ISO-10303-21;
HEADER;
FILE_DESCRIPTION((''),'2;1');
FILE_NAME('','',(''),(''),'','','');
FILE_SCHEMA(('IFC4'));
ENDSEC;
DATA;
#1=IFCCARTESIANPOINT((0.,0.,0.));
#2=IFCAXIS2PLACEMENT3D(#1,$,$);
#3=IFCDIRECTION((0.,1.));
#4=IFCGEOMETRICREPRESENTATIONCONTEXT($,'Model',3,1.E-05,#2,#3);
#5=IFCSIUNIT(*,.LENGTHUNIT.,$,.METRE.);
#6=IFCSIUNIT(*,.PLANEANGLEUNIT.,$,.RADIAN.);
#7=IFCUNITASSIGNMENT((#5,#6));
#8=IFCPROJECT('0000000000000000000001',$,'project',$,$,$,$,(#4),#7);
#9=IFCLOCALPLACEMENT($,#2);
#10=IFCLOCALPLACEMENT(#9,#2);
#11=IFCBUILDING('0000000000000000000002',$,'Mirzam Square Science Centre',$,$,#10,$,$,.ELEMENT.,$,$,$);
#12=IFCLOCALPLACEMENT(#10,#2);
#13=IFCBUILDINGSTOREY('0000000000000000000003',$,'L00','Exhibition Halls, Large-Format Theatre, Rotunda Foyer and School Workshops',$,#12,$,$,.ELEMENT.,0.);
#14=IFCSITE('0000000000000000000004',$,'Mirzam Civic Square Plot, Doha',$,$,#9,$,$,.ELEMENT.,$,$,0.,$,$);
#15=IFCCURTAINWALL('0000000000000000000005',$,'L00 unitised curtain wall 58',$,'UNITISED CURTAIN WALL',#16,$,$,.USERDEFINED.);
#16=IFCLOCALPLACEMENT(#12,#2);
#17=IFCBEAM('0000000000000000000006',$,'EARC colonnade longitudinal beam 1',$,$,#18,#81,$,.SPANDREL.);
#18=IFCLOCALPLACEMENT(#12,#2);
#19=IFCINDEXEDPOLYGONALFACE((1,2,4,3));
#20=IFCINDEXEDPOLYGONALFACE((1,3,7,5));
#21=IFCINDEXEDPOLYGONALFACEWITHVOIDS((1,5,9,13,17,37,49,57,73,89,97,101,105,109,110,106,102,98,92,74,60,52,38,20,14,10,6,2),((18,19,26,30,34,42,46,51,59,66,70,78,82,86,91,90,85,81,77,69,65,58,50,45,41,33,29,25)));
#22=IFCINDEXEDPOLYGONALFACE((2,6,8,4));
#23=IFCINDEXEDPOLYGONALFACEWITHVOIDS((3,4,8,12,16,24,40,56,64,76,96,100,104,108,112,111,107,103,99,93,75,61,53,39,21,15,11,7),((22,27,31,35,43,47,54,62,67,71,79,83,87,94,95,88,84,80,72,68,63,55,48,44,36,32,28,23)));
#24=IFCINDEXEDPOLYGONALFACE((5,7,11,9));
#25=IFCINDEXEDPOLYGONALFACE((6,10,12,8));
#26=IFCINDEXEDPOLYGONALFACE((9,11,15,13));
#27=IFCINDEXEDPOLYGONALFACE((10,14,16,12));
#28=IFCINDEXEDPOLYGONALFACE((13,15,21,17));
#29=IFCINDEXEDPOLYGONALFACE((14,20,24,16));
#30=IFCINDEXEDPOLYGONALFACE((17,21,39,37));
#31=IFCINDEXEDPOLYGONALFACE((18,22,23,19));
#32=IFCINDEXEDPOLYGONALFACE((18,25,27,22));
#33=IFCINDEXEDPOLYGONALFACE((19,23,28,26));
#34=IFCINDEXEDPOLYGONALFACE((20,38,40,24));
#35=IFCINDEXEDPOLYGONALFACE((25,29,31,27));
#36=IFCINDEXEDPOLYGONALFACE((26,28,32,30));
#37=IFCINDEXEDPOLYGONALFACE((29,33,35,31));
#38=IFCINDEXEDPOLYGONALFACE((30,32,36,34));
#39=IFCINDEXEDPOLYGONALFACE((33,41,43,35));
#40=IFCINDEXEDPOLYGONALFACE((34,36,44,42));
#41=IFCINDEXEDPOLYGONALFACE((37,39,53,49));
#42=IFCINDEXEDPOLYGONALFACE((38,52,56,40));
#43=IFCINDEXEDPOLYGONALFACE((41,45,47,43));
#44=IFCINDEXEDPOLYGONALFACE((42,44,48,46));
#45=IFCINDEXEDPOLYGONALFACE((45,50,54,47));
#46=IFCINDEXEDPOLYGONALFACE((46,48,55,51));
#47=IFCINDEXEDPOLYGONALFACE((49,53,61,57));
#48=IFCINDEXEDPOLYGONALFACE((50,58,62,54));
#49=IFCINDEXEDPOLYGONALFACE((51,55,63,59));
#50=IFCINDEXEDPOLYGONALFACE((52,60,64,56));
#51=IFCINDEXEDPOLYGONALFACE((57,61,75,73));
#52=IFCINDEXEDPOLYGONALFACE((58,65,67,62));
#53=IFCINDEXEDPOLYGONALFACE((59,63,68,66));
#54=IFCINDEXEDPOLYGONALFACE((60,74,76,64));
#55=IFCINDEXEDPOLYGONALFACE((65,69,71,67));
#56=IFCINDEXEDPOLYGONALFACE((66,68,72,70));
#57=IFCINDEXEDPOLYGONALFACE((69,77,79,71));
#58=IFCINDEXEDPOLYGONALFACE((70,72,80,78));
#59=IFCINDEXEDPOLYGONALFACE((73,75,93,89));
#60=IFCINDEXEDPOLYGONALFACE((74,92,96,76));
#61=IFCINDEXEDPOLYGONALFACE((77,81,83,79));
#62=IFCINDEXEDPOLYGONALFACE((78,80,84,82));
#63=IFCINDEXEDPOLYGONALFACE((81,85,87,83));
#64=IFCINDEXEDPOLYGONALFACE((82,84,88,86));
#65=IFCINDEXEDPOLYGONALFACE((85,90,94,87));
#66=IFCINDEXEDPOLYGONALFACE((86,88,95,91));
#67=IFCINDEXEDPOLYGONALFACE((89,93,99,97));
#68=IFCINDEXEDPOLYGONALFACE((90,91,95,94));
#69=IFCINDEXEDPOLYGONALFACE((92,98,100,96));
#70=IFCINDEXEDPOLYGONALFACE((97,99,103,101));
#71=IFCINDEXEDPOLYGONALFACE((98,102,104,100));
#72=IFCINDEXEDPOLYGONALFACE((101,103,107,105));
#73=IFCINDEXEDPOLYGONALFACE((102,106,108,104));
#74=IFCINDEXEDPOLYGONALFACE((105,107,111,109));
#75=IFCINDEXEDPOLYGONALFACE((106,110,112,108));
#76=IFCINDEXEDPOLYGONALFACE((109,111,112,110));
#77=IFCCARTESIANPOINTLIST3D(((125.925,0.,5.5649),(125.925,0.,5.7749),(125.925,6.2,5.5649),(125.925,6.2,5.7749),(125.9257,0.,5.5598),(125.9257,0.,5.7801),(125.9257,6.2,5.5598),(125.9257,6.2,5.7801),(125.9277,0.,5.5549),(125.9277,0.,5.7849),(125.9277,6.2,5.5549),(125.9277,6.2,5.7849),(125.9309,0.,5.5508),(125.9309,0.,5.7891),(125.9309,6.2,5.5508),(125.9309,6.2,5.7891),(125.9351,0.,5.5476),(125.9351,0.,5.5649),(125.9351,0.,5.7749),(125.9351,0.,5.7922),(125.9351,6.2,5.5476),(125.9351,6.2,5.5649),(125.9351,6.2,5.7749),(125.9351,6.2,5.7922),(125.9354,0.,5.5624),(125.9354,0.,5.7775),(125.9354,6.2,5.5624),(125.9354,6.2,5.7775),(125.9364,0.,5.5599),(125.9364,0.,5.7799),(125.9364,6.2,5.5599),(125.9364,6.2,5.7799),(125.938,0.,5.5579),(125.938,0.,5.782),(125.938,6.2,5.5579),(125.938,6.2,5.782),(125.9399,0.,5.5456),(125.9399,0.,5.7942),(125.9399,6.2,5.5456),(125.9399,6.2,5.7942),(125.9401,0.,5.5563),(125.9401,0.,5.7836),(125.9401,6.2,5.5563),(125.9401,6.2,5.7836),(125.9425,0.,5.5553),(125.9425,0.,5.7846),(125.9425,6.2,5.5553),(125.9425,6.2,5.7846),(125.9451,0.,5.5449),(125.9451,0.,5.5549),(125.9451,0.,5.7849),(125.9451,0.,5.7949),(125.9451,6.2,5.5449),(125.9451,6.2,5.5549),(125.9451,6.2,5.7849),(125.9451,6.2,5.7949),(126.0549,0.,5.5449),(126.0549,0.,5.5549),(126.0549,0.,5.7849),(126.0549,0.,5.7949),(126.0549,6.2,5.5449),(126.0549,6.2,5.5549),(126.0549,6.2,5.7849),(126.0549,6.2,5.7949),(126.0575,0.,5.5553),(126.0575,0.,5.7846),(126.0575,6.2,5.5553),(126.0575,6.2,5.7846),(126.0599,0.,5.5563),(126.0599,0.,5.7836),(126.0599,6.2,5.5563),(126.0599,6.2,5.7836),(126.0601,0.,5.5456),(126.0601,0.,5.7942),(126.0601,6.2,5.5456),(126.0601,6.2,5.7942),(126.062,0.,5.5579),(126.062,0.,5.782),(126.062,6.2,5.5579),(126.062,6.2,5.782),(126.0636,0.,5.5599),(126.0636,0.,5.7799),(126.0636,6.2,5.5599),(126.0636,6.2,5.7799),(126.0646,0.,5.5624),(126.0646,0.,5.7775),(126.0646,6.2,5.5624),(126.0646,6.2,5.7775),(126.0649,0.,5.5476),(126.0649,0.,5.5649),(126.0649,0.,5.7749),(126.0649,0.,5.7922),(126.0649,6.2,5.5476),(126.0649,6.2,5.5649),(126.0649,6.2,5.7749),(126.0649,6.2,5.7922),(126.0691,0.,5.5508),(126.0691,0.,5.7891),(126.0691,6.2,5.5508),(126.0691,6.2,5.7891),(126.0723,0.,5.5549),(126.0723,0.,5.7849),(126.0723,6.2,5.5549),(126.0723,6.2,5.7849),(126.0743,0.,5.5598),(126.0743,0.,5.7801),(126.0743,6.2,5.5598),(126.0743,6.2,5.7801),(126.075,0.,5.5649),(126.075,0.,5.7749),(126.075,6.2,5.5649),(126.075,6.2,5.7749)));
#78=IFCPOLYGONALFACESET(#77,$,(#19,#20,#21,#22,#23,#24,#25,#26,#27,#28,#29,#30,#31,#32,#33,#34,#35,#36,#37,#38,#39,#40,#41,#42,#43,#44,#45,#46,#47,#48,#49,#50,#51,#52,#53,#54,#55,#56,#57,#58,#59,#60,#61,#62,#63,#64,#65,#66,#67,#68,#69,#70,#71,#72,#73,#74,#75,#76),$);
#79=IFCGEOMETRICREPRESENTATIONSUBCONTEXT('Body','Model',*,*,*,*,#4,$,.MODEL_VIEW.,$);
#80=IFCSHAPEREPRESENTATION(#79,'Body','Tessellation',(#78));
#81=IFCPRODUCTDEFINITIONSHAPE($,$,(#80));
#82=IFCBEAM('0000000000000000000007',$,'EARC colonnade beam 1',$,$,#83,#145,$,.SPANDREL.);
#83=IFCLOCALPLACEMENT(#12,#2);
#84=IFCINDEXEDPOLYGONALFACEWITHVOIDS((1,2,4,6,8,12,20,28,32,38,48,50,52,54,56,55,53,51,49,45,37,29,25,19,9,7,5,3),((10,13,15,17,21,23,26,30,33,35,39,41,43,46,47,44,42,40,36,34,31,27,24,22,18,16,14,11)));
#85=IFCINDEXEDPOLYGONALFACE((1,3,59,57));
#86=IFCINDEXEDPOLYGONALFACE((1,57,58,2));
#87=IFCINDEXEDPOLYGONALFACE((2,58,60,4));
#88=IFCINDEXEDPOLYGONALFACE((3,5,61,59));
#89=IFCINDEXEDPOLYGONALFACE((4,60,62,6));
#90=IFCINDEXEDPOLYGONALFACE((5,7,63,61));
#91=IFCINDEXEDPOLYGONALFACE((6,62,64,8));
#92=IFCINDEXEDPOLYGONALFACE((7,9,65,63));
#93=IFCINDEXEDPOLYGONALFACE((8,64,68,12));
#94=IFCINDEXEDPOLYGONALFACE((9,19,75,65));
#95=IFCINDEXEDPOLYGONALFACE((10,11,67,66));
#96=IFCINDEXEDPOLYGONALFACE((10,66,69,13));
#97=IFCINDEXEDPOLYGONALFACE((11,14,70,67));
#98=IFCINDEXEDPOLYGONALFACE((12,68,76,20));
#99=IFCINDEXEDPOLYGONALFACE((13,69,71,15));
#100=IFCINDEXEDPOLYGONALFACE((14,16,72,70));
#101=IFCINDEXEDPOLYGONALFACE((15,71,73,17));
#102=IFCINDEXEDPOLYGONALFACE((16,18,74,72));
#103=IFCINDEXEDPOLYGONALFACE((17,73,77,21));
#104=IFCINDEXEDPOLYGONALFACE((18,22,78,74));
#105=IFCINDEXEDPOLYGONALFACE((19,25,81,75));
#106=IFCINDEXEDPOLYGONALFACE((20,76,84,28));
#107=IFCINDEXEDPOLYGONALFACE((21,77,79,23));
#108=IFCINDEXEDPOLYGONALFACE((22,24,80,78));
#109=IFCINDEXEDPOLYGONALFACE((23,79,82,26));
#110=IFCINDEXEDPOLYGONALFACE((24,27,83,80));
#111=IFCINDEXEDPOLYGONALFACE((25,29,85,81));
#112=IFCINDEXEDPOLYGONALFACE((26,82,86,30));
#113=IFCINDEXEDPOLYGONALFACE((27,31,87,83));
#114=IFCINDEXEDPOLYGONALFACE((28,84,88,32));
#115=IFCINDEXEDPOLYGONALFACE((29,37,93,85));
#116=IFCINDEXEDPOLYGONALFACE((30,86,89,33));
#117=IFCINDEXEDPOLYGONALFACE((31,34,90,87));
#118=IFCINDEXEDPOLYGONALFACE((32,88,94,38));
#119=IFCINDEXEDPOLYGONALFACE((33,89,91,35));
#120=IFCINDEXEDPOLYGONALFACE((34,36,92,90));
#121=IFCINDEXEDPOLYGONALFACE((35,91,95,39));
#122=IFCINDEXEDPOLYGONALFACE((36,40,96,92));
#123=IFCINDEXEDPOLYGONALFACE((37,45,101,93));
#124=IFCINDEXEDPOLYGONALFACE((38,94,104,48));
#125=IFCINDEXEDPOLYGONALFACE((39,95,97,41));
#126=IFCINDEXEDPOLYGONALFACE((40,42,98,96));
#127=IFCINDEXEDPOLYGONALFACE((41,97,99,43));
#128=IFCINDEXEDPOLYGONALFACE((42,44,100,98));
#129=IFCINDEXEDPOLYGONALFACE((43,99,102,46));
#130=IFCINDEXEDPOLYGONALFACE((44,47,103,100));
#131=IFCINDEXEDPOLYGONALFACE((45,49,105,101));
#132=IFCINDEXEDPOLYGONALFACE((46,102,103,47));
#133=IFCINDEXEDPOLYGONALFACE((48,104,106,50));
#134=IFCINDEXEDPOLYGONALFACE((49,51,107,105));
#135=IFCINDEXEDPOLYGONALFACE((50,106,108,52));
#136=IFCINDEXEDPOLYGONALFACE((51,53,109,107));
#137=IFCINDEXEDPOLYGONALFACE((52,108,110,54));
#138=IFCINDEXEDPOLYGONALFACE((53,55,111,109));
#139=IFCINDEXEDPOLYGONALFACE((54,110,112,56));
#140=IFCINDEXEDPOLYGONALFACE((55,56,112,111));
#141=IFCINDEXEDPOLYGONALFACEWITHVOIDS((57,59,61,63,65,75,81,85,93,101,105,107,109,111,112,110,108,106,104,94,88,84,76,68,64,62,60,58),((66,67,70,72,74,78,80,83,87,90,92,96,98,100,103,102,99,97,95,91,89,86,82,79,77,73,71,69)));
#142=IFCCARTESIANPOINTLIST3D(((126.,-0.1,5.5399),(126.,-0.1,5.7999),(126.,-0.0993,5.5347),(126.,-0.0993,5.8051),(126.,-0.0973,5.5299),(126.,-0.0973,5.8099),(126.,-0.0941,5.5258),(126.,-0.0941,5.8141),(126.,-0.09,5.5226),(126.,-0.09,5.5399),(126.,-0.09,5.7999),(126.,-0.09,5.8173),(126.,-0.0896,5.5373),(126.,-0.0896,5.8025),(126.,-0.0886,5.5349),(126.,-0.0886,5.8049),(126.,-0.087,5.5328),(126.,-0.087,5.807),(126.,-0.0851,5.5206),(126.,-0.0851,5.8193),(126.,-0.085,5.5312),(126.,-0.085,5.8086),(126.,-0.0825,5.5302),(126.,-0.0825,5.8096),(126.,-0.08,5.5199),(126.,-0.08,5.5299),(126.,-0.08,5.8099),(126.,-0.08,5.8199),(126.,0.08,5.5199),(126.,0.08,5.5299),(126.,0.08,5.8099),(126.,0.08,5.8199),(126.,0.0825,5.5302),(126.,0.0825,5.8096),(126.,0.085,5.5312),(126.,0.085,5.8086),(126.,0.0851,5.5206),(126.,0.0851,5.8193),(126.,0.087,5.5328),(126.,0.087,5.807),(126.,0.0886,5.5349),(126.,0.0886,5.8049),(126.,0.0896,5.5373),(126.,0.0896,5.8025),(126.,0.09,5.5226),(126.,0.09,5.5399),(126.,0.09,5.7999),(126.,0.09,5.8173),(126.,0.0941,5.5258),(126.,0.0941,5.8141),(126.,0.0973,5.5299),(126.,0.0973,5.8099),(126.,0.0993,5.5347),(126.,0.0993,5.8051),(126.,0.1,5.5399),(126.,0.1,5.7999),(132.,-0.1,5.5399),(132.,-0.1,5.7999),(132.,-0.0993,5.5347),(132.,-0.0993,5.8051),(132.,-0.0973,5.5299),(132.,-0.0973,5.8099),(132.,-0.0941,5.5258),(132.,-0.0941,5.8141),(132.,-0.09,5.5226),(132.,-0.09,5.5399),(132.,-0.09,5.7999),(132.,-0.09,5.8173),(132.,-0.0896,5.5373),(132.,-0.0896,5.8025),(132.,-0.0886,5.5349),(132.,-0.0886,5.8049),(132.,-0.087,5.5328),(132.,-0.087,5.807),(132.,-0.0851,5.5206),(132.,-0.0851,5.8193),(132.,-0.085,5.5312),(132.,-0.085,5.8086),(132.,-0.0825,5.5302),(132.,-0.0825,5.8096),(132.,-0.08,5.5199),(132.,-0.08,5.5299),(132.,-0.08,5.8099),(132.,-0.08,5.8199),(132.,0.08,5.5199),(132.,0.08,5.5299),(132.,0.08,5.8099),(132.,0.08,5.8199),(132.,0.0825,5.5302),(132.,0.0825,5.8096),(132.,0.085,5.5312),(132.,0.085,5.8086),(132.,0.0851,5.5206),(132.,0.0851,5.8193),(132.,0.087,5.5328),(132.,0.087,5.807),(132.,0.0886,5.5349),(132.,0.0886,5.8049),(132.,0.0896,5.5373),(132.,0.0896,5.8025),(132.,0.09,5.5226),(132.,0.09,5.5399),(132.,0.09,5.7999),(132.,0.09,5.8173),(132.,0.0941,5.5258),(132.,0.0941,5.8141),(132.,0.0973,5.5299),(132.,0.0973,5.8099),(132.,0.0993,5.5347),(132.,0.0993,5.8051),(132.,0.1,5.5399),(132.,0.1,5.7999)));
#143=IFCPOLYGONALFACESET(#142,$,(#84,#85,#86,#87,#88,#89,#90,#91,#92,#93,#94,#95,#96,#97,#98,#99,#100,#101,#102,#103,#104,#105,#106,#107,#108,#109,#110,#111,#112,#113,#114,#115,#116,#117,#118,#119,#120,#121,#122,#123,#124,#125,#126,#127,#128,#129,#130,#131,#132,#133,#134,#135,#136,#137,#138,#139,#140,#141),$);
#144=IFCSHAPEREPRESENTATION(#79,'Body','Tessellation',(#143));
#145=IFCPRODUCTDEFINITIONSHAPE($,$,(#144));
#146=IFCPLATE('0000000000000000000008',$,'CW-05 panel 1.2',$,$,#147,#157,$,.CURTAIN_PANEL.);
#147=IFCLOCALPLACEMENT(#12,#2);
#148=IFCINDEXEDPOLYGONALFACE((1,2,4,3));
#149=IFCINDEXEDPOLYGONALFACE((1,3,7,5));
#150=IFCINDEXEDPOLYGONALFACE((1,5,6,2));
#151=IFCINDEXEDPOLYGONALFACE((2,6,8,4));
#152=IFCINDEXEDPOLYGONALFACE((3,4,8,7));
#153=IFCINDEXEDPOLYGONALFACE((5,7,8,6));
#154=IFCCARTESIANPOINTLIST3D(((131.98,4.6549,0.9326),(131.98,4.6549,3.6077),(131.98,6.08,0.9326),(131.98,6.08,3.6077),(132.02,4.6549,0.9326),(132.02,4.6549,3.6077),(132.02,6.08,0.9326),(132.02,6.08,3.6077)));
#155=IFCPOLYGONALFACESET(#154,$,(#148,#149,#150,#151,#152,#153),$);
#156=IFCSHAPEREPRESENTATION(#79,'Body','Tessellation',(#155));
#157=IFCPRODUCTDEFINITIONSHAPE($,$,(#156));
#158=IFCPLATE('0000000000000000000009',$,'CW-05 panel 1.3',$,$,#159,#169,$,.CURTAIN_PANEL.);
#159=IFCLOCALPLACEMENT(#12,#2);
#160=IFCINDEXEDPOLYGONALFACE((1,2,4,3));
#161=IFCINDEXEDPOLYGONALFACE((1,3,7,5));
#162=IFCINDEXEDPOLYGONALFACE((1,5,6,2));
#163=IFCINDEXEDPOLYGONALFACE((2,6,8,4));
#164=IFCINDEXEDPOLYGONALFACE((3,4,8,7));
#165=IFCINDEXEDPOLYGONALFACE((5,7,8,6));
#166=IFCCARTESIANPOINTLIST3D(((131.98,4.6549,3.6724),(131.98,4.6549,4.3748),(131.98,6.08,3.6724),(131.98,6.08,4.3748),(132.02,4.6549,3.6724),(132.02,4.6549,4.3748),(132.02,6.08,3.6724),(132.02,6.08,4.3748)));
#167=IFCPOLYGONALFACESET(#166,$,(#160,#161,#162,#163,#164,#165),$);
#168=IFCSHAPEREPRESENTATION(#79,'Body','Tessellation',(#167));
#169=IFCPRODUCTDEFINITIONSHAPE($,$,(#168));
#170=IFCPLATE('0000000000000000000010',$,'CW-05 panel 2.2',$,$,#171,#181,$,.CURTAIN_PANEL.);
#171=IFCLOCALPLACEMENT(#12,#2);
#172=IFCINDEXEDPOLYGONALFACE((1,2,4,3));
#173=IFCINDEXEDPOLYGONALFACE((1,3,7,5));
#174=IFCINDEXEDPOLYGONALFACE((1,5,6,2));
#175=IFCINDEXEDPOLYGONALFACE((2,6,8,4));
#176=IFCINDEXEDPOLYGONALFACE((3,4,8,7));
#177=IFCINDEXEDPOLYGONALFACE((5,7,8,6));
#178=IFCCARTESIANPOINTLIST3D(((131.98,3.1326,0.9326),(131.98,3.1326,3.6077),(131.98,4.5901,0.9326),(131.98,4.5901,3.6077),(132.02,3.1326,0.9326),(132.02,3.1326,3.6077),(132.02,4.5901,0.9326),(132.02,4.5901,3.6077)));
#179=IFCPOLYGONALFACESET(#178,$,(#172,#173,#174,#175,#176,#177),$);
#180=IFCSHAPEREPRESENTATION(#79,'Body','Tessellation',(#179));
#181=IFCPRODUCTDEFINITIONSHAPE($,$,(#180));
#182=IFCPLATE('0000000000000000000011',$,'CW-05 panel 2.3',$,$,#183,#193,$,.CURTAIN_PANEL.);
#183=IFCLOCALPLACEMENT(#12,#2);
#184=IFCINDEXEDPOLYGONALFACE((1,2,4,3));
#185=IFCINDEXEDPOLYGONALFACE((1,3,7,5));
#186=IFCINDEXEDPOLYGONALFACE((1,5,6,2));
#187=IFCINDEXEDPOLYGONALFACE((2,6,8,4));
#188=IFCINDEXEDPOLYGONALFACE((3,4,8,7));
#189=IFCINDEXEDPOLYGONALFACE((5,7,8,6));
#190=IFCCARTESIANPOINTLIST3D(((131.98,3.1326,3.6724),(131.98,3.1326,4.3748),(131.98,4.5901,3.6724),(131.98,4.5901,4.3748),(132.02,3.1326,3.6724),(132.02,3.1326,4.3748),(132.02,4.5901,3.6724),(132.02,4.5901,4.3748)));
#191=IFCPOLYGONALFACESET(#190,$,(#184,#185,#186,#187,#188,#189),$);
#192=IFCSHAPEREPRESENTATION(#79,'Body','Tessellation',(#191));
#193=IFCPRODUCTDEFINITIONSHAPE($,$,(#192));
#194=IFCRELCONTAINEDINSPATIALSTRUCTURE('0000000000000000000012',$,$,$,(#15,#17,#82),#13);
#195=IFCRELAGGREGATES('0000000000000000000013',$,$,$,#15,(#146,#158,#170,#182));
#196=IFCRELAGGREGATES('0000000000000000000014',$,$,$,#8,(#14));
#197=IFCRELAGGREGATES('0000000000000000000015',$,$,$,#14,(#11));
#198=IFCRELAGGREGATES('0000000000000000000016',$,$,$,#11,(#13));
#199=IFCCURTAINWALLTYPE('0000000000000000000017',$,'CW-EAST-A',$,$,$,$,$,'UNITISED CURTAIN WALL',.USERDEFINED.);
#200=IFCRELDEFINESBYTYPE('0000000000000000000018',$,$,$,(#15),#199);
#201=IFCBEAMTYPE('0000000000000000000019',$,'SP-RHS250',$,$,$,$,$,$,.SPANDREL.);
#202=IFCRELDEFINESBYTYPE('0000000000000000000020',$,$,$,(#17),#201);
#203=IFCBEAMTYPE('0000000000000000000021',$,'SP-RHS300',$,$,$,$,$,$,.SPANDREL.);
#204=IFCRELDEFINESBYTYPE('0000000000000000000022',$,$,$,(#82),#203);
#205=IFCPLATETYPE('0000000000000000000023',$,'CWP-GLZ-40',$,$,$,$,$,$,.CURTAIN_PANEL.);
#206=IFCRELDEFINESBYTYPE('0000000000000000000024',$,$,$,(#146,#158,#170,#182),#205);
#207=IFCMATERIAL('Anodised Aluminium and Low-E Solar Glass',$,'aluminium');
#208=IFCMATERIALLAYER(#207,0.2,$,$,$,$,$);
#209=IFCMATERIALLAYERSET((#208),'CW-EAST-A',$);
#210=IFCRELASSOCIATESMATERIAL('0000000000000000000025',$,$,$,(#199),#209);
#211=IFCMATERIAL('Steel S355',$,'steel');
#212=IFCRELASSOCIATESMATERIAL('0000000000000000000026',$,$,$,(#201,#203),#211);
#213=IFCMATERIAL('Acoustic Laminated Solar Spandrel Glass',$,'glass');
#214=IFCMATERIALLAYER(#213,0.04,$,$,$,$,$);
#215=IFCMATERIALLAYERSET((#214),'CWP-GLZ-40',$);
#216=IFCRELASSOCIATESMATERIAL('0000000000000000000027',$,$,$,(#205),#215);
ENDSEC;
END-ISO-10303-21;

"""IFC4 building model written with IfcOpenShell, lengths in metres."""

from ifc_helpers import new_model, si_unit, direction, frame, origin, origin_2d, place, context, subcontext, project, spatial, rectangle, hollow_rectangle, extrude, material, layer, layer_set, material_profile, profile_set, type_object, element, aggregate, save


model = new_model("IFC4")

# Units and contexts
model_context = context("Model", 3, precision=1e-05, world=origin(), true_north=direction((0.0, 1.0)))
body_context = subcontext(model_context, "Body", "Model", "MODEL_VIEW")
ifc_project = project(units=[si_unit("LENGTHUNIT", "METRE"), si_unit("PLANEANGLEUNIT", "RADIAN")], contexts=[model_context])

# Site, building, storey
site_placement = place(None, origin())
site = spatial("IfcSite", under=ifc_project, at=site_placement, Name="Mirzam Civic Square Plot, Doha", CompositionType="ELEMENT", RefElevation=0.0)
building_placement = place(site_placement, origin())
building = spatial("IfcBuilding", under=site, at=building_placement, Name="Mirzam Square Science Centre", CompositionType="ELEMENT")
storey_placement = place(building_placement, origin())
storey = spatial("IfcBuildingStorey", under=building, at=storey_placement, Name="L00", Description="Exhibition Halls, Large-Format Theatre, Rotunda Foyer and School Workshops", CompositionType="ELEMENT", Elevation=0.0)

# Curtain wall
ifc_material_1 = material(Name="Anodised Aluminium and Low-E Solar Glass", Category="aluminium")
ifc_layer_1 = layer(ifc_material_1, 0.2)
ifc_layer_set_1 = layer_set([ifc_layer_1], Name="CW-EAST-A")
curtain_wall_type = type_object("IfcCurtainWallType", Name="CW-EAST-A", ElementType="UNITISED CURTAIN WALL", PredefinedType="USERDEFINED", material=ifc_layer_set_1)
curtain_wall_placement = place(storey_placement, origin())
curtain_wall = element("IfcCurtainWall", 1, at=curtain_wall_placement, inside=storey, type_object=curtain_wall_type, Name="L00 unitised curtain wall 58", ObjectType="UNITISED CURTAIN WALL", PredefinedType="USERDEFINED")

# Beams
ifc_material_2 = material(Name="Steel S355", Category="steel")
ifc_material_profile_1 = material_profile(ifc_material_2, hollow_rectangle(XDim=0.1499, YDim=0.25, WallThickness=0.01, InnerFilletRadius=0.01, OuterFilletRadius=0.02, at=origin_2d()), Name="250x150x10.0RHS")
ifc_profile_set_1 = profile_set([ifc_material_profile_1], Name="Steel S355")
beam_type_1 = type_object("IfcBeamType", Name="SP-RHS250", PredefinedType="SPANDREL", material=ifc_profile_set_1)
beam_1_placement = place(storey_placement, frame((126.0, 0.0, 5.6699), z_axis=(0.0, 1.0, 0.0), x_axis=(-1.0, 0.0, 0.0)))
element("IfcBeam", 2, at=beam_1_placement, inside=storey, type_object=beam_type_1, Name="EARC colonnade longitudinal beam 1", PredefinedType="SPANDREL", context=body_context, shape_type="SweptSolid", body=[
    extrude(hollow_rectangle(XDim=0.1499, YDim=0.25, WallThickness=0.01, InnerFilletRadius=0.01, OuterFilletRadius=0.02, at=origin_2d()), origin(), (0.0, 0.0, 1.0), 6.2),
])
ifc_material_profile_2 = material_profile(ifc_material_2, hollow_rectangle(XDim=0.2, YDim=0.3, WallThickness=0.01, InnerFilletRadius=0.01, OuterFilletRadius=0.02, at=origin_2d()), Name="300x200x10.0RHS")
ifc_profile_set_2 = profile_set([ifc_material_profile_2], Name="Steel S355")
beam_type_2 = type_object("IfcBeamType", Name="SP-RHS300", PredefinedType="SPANDREL", material=ifc_profile_set_2)
beam_2_placement = place(storey_placement, frame((126.0, 0.0, 5.6699), z_axis=(1.0, 0.0, 0.0), x_axis=(0.0, 1.0, 0.0)))
element("IfcBeam", 3, at=beam_2_placement, inside=storey, type_object=beam_type_2, Name="EARC colonnade beam 1", PredefinedType="SPANDREL", context=body_context, shape_type="SweptSolid", body=[
    extrude(hollow_rectangle(XDim=0.2, YDim=0.3, WallThickness=0.01, InnerFilletRadius=0.01, OuterFilletRadius=0.02, at=origin_2d()), origin(), (0.0, 0.0, 1.0), 6.0),
])

# Plates
ifc_material_3 = material(Name="Acoustic Laminated Solar Spandrel Glass", Category="glass")
ifc_layer_2 = layer(ifc_material_3, 0.04)
ifc_layer_set_2 = layer_set([ifc_layer_2], Name="CWP-GLZ-40")
plate_type = type_object("IfcPlateType", Name="CWP-GLZ-40", PredefinedType="CURTAIN_PANEL", material=ifc_layer_set_2)
plate_1_placement = place(storey_placement, frame((132.0, 5.3674, 0.9326), z_axis=(0.0, 0.0, 1.0), x_axis=(0.0, -1.0, 0.0)))
plate_1 = element("IfcPlate", 4, at=plate_1_placement, type_object=plate_type, Name="CW-05 panel 1.2", PredefinedType="CURTAIN_PANEL", context=body_context, shape_type="SweptSolid", body=[
    extrude(rectangle(XDim=1.425, YDim=0.04, at=origin_2d()), origin(), (0.0, 0.0, 1.0), 2.675),
])
plate_2_placement = place(storey_placement, frame((132.0, 5.3674, 3.6724), z_axis=(0.0, 0.0, 1.0), x_axis=(0.0, -1.0, 0.0)))
plate_2 = element("IfcPlate", 5, at=plate_2_placement, type_object=plate_type, Name="CW-05 panel 1.3", PredefinedType="CURTAIN_PANEL", context=body_context, shape_type="SweptSolid", body=[
    extrude(rectangle(XDim=1.425, YDim=0.04, at=origin_2d()), origin(), (0.0, 0.0, 1.0), 0.7024),
])
plate_3_placement = place(storey_placement, frame((132.0, 3.8613, 0.9326), z_axis=(0.0, 0.0, 1.0), x_axis=(0.0, -1.0, 0.0)))
plate_3 = element("IfcPlate", 6, at=plate_3_placement, type_object=plate_type, Name="CW-05 panel 2.2", PredefinedType="CURTAIN_PANEL", context=body_context, shape_type="SweptSolid", body=[
    extrude(rectangle(XDim=1.4575, YDim=0.04, at=origin_2d()), origin(), (0.0, 0.0, 1.0), 2.675),
])
plate_4_placement = place(storey_placement, frame((132.0, 3.8613, 3.6724), z_axis=(0.0, 0.0, 1.0), x_axis=(0.0, -1.0, 0.0)))
plate_4 = element("IfcPlate", 7, at=plate_4_placement, type_object=plate_type, Name="CW-05 panel 2.3", PredefinedType="CURTAIN_PANEL", context=body_context, shape_type="SweptSolid", body=[
    extrude(rectangle(XDim=1.4575, YDim=0.04, at=origin_2d()), origin(), (0.0, 0.0, 1.0), 0.7024),
])
aggregate(curtain_wall, [plate_1, plate_2, plate_3, plate_4])

save(model, "model.ifc")
